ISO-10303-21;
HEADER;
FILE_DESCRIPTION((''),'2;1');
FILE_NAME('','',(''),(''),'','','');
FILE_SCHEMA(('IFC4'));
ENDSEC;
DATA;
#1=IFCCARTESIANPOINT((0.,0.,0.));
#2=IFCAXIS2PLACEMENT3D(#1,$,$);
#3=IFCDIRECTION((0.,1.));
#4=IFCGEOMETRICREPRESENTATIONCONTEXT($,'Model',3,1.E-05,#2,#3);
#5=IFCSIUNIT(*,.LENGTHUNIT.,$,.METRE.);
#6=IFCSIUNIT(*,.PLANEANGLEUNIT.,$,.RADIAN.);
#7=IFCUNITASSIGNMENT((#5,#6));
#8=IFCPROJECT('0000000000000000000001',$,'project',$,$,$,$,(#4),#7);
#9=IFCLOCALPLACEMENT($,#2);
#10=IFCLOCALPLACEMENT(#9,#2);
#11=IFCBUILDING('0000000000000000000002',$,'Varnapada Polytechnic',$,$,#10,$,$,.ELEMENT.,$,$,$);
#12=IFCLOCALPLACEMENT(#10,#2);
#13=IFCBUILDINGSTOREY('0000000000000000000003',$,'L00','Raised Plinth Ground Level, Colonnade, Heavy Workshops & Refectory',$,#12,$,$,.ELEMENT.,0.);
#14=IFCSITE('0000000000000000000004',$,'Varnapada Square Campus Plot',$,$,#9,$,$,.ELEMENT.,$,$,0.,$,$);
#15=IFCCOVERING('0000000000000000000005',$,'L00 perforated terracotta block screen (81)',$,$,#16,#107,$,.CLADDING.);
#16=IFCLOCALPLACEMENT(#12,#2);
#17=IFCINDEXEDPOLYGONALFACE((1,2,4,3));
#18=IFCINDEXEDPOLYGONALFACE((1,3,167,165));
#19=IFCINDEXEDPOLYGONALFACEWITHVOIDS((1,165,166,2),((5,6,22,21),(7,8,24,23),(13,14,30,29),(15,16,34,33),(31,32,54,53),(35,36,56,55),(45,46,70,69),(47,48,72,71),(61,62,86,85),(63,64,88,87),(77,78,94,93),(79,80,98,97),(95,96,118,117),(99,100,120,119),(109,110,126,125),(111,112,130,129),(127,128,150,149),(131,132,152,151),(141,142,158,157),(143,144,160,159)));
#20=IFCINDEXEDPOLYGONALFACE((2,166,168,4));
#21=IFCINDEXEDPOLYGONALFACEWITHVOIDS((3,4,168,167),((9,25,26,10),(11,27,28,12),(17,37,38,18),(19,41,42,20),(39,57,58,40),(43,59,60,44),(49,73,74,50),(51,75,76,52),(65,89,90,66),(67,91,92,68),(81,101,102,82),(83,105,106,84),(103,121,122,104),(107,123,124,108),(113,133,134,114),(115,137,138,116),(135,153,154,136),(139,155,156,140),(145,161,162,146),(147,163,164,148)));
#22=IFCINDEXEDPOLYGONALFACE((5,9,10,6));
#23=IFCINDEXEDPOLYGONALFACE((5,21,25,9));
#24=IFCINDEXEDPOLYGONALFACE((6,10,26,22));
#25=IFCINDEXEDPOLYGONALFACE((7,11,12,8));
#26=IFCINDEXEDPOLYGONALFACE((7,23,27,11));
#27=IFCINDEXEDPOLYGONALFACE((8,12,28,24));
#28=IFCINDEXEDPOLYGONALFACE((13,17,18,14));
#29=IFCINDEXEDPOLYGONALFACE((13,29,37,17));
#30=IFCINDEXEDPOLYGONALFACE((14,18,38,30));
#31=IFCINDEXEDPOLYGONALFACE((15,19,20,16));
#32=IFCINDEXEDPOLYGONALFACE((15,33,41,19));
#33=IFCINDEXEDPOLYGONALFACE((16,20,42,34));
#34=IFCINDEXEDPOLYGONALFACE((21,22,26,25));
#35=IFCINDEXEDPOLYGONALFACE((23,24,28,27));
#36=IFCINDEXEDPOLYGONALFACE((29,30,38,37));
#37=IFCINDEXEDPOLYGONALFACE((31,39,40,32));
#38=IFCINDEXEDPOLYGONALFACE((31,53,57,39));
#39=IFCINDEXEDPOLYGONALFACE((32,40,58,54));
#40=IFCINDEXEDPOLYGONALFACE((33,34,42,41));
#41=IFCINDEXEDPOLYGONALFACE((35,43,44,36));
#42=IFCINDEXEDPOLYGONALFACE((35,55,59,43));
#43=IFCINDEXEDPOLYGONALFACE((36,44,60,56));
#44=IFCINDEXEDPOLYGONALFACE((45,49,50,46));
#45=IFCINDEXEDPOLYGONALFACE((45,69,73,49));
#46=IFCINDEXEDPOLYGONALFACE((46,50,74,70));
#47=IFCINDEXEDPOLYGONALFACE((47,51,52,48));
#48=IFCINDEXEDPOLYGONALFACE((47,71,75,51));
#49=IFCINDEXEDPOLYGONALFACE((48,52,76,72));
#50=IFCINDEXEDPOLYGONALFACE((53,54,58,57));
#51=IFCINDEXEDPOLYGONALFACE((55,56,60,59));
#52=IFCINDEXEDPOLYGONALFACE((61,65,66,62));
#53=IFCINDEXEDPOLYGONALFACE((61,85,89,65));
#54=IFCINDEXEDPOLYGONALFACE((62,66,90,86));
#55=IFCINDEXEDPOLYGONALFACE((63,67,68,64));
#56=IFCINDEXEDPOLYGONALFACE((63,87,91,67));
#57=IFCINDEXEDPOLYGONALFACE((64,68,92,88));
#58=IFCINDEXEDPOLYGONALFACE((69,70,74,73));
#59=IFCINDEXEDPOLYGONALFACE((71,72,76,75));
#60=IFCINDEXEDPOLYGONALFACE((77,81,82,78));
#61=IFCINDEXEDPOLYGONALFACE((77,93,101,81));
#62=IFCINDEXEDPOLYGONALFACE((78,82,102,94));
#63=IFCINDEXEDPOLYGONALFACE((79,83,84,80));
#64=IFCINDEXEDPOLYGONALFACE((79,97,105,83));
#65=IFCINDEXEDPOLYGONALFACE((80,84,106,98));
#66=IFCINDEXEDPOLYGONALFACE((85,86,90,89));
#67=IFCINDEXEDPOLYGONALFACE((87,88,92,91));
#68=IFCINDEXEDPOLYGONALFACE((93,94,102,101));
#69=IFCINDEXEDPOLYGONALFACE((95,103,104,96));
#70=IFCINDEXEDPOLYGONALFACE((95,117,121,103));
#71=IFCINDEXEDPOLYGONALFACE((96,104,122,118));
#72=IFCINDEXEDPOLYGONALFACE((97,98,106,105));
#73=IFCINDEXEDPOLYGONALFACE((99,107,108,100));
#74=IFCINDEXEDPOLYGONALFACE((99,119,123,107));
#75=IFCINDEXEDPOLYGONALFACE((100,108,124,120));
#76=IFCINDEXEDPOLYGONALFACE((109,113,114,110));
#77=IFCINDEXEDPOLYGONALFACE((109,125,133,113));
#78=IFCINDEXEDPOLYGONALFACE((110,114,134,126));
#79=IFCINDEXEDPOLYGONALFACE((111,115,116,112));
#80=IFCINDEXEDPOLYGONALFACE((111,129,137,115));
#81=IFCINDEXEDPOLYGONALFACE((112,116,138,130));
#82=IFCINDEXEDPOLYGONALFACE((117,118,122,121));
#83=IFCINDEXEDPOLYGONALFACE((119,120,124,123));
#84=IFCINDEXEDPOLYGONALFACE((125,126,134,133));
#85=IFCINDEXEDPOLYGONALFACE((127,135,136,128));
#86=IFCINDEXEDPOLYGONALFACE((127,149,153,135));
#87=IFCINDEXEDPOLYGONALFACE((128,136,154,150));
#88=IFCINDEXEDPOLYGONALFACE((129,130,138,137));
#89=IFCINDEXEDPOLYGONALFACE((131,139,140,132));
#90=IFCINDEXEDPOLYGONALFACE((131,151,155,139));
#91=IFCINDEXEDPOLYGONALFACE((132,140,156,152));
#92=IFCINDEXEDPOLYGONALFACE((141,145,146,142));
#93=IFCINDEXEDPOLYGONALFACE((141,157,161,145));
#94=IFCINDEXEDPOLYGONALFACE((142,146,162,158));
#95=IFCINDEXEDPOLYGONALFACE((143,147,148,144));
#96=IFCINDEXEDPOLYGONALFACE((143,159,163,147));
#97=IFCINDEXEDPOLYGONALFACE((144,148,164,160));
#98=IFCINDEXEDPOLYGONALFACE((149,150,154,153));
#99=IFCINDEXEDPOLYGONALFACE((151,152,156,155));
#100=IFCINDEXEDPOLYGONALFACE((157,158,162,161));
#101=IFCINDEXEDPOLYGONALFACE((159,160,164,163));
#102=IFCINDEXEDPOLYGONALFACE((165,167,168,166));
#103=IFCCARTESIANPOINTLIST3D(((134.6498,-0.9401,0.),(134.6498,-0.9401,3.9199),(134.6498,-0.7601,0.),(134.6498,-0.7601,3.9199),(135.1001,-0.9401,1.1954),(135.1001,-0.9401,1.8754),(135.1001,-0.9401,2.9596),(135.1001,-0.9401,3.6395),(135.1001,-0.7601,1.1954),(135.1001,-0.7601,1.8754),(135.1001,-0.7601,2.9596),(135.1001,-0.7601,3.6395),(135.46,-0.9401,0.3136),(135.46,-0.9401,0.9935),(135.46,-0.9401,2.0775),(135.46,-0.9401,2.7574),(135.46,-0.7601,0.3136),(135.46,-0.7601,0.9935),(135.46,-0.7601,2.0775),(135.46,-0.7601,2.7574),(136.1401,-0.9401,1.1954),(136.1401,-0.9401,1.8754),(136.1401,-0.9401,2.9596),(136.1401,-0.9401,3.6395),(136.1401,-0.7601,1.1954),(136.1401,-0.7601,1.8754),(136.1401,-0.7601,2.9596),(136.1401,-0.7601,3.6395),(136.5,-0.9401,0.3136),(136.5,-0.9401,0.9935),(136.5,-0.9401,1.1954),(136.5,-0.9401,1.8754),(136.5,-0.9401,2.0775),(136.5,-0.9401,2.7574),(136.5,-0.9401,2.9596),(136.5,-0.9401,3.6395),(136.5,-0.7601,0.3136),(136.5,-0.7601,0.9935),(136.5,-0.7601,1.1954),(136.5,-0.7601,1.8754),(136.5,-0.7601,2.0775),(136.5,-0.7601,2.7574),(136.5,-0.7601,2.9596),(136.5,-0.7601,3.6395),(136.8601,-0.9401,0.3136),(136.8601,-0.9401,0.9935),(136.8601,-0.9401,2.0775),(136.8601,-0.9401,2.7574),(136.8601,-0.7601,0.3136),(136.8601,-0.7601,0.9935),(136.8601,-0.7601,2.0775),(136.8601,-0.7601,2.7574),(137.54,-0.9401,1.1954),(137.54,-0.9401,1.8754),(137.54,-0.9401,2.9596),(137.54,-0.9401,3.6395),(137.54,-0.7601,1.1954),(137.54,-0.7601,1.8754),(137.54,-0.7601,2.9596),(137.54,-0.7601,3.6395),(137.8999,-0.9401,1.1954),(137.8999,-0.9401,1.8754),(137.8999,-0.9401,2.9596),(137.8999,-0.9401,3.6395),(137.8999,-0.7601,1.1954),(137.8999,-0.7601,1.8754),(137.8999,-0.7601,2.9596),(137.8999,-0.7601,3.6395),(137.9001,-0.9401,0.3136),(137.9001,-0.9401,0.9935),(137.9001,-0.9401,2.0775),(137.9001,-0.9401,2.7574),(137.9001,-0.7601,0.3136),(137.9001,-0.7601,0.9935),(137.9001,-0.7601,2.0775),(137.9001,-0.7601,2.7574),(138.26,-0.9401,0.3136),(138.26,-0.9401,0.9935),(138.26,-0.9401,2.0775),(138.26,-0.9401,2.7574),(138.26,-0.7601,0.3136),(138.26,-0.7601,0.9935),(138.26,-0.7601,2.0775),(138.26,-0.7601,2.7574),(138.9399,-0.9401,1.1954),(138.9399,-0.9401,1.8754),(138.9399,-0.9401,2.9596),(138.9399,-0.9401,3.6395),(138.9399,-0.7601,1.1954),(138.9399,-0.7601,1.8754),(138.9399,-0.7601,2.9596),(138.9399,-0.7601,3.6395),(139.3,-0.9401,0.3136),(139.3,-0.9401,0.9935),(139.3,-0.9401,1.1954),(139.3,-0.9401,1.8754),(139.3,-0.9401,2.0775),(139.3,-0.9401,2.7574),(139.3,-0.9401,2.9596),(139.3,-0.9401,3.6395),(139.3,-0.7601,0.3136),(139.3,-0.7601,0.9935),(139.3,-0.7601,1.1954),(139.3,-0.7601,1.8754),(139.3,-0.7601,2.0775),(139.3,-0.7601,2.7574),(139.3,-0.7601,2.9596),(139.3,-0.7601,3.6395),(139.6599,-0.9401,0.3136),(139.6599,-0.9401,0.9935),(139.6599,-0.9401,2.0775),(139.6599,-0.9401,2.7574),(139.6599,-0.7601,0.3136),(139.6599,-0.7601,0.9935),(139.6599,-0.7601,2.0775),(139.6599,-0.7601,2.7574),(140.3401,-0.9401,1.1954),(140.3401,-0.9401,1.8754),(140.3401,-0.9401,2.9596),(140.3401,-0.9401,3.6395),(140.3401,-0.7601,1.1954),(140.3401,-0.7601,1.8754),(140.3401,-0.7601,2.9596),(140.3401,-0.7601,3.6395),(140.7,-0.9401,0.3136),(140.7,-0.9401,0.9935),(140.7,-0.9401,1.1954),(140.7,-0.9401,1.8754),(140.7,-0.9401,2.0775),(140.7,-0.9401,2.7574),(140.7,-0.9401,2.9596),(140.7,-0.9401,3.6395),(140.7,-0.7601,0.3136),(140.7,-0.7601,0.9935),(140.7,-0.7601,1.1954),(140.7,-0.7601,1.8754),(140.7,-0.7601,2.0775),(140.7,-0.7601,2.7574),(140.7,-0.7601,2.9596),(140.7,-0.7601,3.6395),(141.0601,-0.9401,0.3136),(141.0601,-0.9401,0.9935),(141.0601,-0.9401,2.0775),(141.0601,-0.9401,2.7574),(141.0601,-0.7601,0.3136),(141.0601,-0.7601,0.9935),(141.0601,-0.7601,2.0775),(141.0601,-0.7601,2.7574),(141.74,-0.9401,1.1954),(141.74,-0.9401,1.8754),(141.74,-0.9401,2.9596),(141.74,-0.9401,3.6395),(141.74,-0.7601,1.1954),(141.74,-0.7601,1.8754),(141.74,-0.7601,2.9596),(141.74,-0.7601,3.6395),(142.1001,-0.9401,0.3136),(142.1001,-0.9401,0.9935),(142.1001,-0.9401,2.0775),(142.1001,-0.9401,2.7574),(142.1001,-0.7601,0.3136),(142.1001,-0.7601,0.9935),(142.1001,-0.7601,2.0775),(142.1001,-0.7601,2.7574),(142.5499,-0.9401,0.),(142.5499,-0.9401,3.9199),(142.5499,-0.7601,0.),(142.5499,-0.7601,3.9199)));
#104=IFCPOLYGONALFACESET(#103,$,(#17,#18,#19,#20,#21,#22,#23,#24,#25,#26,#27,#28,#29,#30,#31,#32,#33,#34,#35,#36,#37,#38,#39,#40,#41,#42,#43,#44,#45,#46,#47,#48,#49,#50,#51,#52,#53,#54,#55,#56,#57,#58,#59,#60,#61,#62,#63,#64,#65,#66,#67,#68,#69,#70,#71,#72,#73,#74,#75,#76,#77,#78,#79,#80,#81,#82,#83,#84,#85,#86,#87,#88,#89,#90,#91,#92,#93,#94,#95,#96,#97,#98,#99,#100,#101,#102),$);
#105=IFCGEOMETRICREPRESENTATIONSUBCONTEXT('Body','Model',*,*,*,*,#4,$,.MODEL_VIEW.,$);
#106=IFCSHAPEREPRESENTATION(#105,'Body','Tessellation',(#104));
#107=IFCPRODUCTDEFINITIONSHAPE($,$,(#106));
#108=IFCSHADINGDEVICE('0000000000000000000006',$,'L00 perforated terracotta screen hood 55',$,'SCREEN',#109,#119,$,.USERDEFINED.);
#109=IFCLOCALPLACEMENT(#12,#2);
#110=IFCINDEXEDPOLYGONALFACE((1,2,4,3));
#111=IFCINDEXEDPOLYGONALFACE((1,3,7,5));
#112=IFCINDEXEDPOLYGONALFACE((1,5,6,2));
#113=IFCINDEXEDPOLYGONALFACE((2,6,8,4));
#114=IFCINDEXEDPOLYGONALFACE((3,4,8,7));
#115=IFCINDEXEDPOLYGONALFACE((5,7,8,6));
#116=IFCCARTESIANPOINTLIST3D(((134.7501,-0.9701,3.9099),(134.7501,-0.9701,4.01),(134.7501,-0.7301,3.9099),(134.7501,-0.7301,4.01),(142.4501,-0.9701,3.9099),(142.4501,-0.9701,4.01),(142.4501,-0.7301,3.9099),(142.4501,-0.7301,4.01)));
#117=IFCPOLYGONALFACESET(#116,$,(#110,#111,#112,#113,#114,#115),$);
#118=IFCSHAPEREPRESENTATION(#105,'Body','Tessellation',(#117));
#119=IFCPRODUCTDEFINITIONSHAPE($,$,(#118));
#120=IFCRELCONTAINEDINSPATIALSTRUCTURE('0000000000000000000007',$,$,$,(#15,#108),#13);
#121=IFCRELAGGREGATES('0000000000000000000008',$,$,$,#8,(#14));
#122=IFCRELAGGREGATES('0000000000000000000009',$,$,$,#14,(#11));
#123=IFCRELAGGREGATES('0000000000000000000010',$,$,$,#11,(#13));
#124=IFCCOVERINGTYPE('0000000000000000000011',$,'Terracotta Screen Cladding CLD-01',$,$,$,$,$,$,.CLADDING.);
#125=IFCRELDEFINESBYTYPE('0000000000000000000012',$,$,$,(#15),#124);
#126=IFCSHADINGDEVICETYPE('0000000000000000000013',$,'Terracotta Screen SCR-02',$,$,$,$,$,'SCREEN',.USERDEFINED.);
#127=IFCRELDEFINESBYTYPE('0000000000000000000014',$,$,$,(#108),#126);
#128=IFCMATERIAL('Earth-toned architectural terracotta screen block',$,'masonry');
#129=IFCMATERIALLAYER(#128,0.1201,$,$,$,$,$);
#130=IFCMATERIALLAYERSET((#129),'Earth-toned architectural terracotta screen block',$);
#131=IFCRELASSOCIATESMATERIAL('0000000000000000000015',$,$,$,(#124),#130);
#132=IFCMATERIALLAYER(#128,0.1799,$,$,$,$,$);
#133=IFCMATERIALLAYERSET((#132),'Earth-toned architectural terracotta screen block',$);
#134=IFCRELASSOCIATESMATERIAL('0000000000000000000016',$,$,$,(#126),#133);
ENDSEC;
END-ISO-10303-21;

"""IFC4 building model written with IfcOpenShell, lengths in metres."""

from ifc_helpers import new_model, si_unit, direction, frame, frame_2d, origin, origin_2d, place, context, subcontext, project, spatial, rectangle, extrude, material, layer, layer_set, type_object, element, save


model = new_model("IFC4")

# Units and contexts
model_context = context("Model", 3, precision=1e-05, world=origin(), true_north=direction((0.0, 1.0)))
body_context = subcontext(model_context, "Body", "Model", "MODEL_VIEW")
ifc_project = project(units=[si_unit("LENGTHUNIT", "METRE"), si_unit("PLANEANGLEUNIT", "RADIAN")], contexts=[model_context])

# Site, building, storey
site_placement = place(None, origin())
site = spatial("IfcSite", under=ifc_project, at=site_placement, Name="Varnapada Square Campus Plot", CompositionType="ELEMENT", RefElevation=0.0)
building_placement = place(site_placement, origin())
building = spatial("IfcBuilding", under=site, at=building_placement, Name="Varnapada Polytechnic", CompositionType="ELEMENT")
storey_placement = place(building_placement, origin())
storey = spatial("IfcBuildingStorey", under=building, at=storey_placement, Name="L00", Description="Raised Plinth Ground Level, Colonnade, Heavy Workshops & Refectory", CompositionType="ELEMENT", Elevation=0.0)

# Covering, openings
ifc_material_1 = material(Name="Earth-toned architectural terracotta screen block", Category="masonry")
ifc_layer_1 = layer(ifc_material_1, 0.1201)
ifc_layer_set_1 = layer_set([ifc_layer_1], Name="Earth-toned architectural terracotta screen block")
covering_type_1 = type_object("IfcCoveringType", Name="Terracotta Screen Cladding CLD-01", PredefinedType="CLADDING", material=ifc_layer_set_1)
covering_1_placement = place(storey_placement, frame((142.55, -0.8501, 0.0), z_axis=(0.0, 0.0, 1.0), x_axis=(-1.0, 0.0, 0.0)))
covering_1 = element("IfcCovering", 1, at=covering_1_placement, inside=storey, type_object=covering_type_1, Name="L00 perforated terracotta block screen (81)", PredefinedType="CLADDING", context=body_context, shape_type="SweptSolid", body=[
    extrude(rectangle(XDim=7.9001, YDim=0.1799, at=frame_2d((3.9502, 0.0))), origin(), (0.0, 0.0, 1.0), 3.9199),
])
opening_1_placement = place(covering_1_placement, frame((0.45, 0.0, 0.3137)))
element("IfcOpeningElement", 2, at=opening_1_placement, cuts=covering_1, PredefinedType="OPENING", context=body_context, shape_type="SweptSolid", body=[
    extrude(rectangle(XDim=1.04, YDim=0.6799, at=frame_2d((0.52, 0.3398))), frame((0.0, 0.0999, 0.0), z_axis=(0.0, -1.0, 0.0), x_axis=(1.0, 0.0, 0.0)), (0.0, 0.0, 1.0), 0.2),
])
opening_2_placement = place(covering_1_placement, frame((1.8501, 0.0, 0.3137)))
element("IfcOpeningElement", 3, at=opening_2_placement, cuts=covering_1, PredefinedType="OPENING", context=body_context, shape_type="SweptSolid", body=[
    extrude(rectangle(XDim=1.04, YDim=0.6799, at=frame_2d((0.52, 0.3398))), frame((0.0, 0.0999, 0.0), z_axis=(0.0, -1.0, 0.0), x_axis=(1.0, 0.0, 0.0)), (0.0, 0.0, 1.0), 0.2),
])
opening_3_placement = place(covering_1_placement, frame((3.25, 0.0, 0.3137)))
element("IfcOpeningElement", 4, at=opening_3_placement, cuts=covering_1, PredefinedType="OPENING", context=body_context, shape_type="SweptSolid", body=[
    extrude(rectangle(XDim=1.04, YDim=0.6799, at=frame_2d((0.52, 0.3398))), frame((0.0, 0.0999, 0.0), z_axis=(0.0, -1.0, 0.0), x_axis=(1.0, 0.0, 0.0)), (0.0, 0.0, 1.0), 0.2),
])
opening_4_placement = place(covering_1_placement, frame((4.6499, 0.0, 0.3137)))
element("IfcOpeningElement", 5, at=opening_4_placement, cuts=covering_1, PredefinedType="OPENING", context=body_context, shape_type="SweptSolid", body=[
    extrude(rectangle(XDim=1.04, YDim=0.6799, at=frame_2d((0.52, 0.3398))), frame((0.0, 0.0999, 0.0), z_axis=(0.0, -1.0, 0.0), x_axis=(1.0, 0.0, 0.0)), (0.0, 0.0, 1.0), 0.2),
])
opening_5_placement = place(covering_1_placement, frame((6.05, 0.0, 0.3137)))
element("IfcOpeningElement", 6, at=opening_5_placement, cuts=covering_1, PredefinedType="OPENING", context=body_context, shape_type="SweptSolid", body=[
    extrude(rectangle(XDim=1.04, YDim=0.6799, at=frame_2d((0.52, 0.3398))), frame((0.0, 0.0999, 0.0), z_axis=(0.0, -1.0, 0.0), x_axis=(1.0, 0.0, 0.0)), (0.0, 0.0, 1.0), 0.2),
])
opening_6_placement = place(covering_1_placement, frame((0.8101, 0.0, 1.1956)))
element("IfcOpeningElement", 7, at=opening_6_placement, cuts=covering_1, PredefinedType="OPENING", context=body_context, shape_type="SweptSolid", body=[
    extrude(rectangle(XDim=1.04, YDim=0.6799, at=frame_2d((0.52, 0.3398))), frame((0.0, 0.0999, 0.0), z_axis=(0.0, -1.0, 0.0), x_axis=(1.0, 0.0, 0.0)), (0.0, 0.0, 1.0), 0.2),
])
opening_7_placement = place(covering_1_placement, frame((2.21, 0.0, 1.1956)))
element("IfcOpeningElement", 8, at=opening_7_placement, cuts=covering_1, PredefinedType="OPENING", context=body_context, shape_type="SweptSolid", body=[
    extrude(rectangle(XDim=1.04, YDim=0.6799, at=frame_2d((0.52, 0.3398))), frame((0.0, 0.0999, 0.0), z_axis=(0.0, -1.0, 0.0), x_axis=(1.0, 0.0, 0.0)), (0.0, 0.0, 1.0), 0.2),
])
opening_8_placement = place(covering_1_placement, frame((3.6101, 0.0, 1.1956)))
element("IfcOpeningElement", 9, at=opening_8_placement, cuts=covering_1, PredefinedType="OPENING", context=body_context, shape_type="SweptSolid", body=[
    extrude(rectangle(XDim=1.04, YDim=0.6799, at=frame_2d((0.52, 0.3398))), frame((0.0, 0.0999, 0.0), z_axis=(0.0, -1.0, 0.0), x_axis=(1.0, 0.0, 0.0)), (0.0, 0.0, 1.0), 0.2),
])
opening_9_placement = place(covering_1_placement, frame((5.01, 0.0, 1.1956)))
element("IfcOpeningElement", 10, at=opening_9_placement, cuts=covering_1, PredefinedType="OPENING", context=body_context, shape_type="SweptSolid", body=[
    extrude(rectangle(XDim=1.04, YDim=0.6799, at=frame_2d((0.52, 0.3398))), frame((0.0, 0.0999, 0.0), z_axis=(0.0, -1.0, 0.0), x_axis=(1.0, 0.0, 0.0)), (0.0, 0.0, 1.0), 0.2),
])
opening_10_placement = place(covering_1_placement, frame((6.4099, 0.0, 1.1956)))
element("IfcOpeningElement", 11, at=opening_10_placement, cuts=covering_1, PredefinedType="OPENING", context=body_context, shape_type="SweptSolid", body=[
    extrude(rectangle(XDim=1.04, YDim=0.6799, at=frame_2d((0.52, 0.3398))), frame((0.0, 0.0999, 0.0), z_axis=(0.0, -1.0, 0.0), x_axis=(1.0, 0.0, 0.0)), (0.0, 0.0, 1.0), 0.2),
])
opening_11_placement = place(covering_1_placement, frame((0.45, 0.0, 2.0776)))
element("IfcOpeningElement", 12, at=opening_11_placement, cuts=covering_1, PredefinedType="OPENING", context=body_context, shape_type="SweptSolid", body=[
    extrude(rectangle(XDim=1.04, YDim=0.6799, at=frame_2d((0.52, 0.3398))), frame((0.0, 0.0999, 0.0), z_axis=(0.0, -1.0, 0.0), x_axis=(1.0, 0.0, 0.0)), (0.0, 0.0, 1.0), 0.2),
])
opening_12_placement = place(covering_1_placement, frame((1.8501, 0.0, 2.0776)))
element("IfcOpeningElement", 13, at=opening_12_placement, cuts=covering_1, PredefinedType="OPENING", context=body_context, shape_type="SweptSolid", body=[
    extrude(rectangle(XDim=1.04, YDim=0.6799, at=frame_2d((0.52, 0.3398))), frame((0.0, 0.0999, 0.0), z_axis=(0.0, -1.0, 0.0), x_axis=(1.0, 0.0, 0.0)), (0.0, 0.0, 1.0), 0.2),
])
opening_13_placement = place(covering_1_placement, frame((3.25, 0.0, 2.0776)))
element("IfcOpeningElement", 14, at=opening_13_placement, cuts=covering_1, PredefinedType="OPENING", context=body_context, shape_type="SweptSolid", body=[
    extrude(rectangle(XDim=1.04, YDim=0.6799, at=frame_2d((0.52, 0.3398))), frame((0.0, 0.0999, 0.0), z_axis=(0.0, -1.0, 0.0), x_axis=(1.0, 0.0, 0.0)), (0.0, 0.0, 1.0), 0.2),
])
opening_14_placement = place(covering_1_placement, frame((4.6499, 0.0, 2.0776)))
element("IfcOpeningElement", 15, at=opening_14_placement, cuts=covering_1, PredefinedType="OPENING", context=body_context, shape_type="SweptSolid", body=[
    extrude(rectangle(XDim=1.04, YDim=0.6799, at=frame_2d((0.52, 0.3398))), frame((0.0, 0.0999, 0.0), z_axis=(0.0, -1.0, 0.0), x_axis=(1.0, 0.0, 0.0)), (0.0, 0.0, 1.0), 0.2),
])
opening_15_placement = place(covering_1_placement, frame((6.05, 0.0, 2.0776)))
element("IfcOpeningElement", 16, at=opening_15_placement, cuts=covering_1, PredefinedType="OPENING", context=body_context, shape_type="SweptSolid", body=[
    extrude(rectangle(XDim=1.04, YDim=0.6799, at=frame_2d((0.52, 0.3398))), frame((0.0, 0.0999, 0.0), z_axis=(0.0, -1.0, 0.0), x_axis=(1.0, 0.0, 0.0)), (0.0, 0.0, 1.0), 0.2),
])
opening_16_placement = place(covering_1_placement, frame((0.8101, 0.0, 2.9597)))
element("IfcOpeningElement", 17, at=opening_16_placement, cuts=covering_1, PredefinedType="OPENING", context=body_context, shape_type="SweptSolid", body=[
    extrude(rectangle(XDim=1.04, YDim=0.6799, at=frame_2d((0.52, 0.3398))), frame((0.0, 0.0999, 0.0), z_axis=(0.0, -1.0, 0.0), x_axis=(1.0, 0.0, 0.0)), (0.0, 0.0, 1.0), 0.2),
])
opening_17_placement = place(covering_1_placement, frame((2.21, 0.0, 2.9597)))
element("IfcOpeningElement", 18, at=opening_17_placement, cuts=covering_1, PredefinedType="OPENING", context=body_context, shape_type="SweptSolid", body=[
    extrude(rectangle(XDim=1.04, YDim=0.6799, at=frame_2d((0.52, 0.3398))), frame((0.0, 0.0999, 0.0), z_axis=(0.0, -1.0, 0.0), x_axis=(1.0, 0.0, 0.0)), (0.0, 0.0, 1.0), 0.2),
])
opening_18_placement = place(covering_1_placement, frame((3.6101, 0.0, 2.9597)))
element("IfcOpeningElement", 19, at=opening_18_placement, cuts=covering_1, PredefinedType="OPENING", context=body_context, shape_type="SweptSolid", body=[
    extrude(rectangle(XDim=1.04, YDim=0.6799, at=frame_2d((0.52, 0.3398))), frame((0.0, 0.0999, 0.0), z_axis=(0.0, -1.0, 0.0), x_axis=(1.0, 0.0, 0.0)), (0.0, 0.0, 1.0), 0.2),
])
opening_19_placement = place(covering_1_placement, frame((5.01, 0.0, 2.9597)))
element("IfcOpeningElement", 20, at=opening_19_placement, cuts=covering_1, PredefinedType="OPENING", context=body_context, shape_type="SweptSolid", body=[
    extrude(rectangle(XDim=1.04, YDim=0.6799, at=frame_2d((0.52, 0.3398))), frame((0.0, 0.0999, 0.0), z_axis=(0.0, -1.0, 0.0), x_axis=(1.0, 0.0, 0.0)), (0.0, 0.0, 1.0), 0.2),
])
opening_20_placement = place(covering_1_placement, frame((6.4099, 0.0, 2.9597)))
element("IfcOpeningElement", 21, at=opening_20_placement, cuts=covering_1, PredefinedType="OPENING", context=body_context, shape_type="SweptSolid", body=[
    extrude(rectangle(XDim=1.04, YDim=0.6799, at=frame_2d((0.52, 0.3398))), frame((0.0, 0.0999, 0.0), z_axis=(0.0, -1.0, 0.0), x_axis=(1.0, 0.0, 0.0)), (0.0, 0.0, 1.0), 0.2),
])

# Shading device
ifc_layer_2 = layer(ifc_material_1, 0.1799)
ifc_layer_set_2 = layer_set([ifc_layer_2], Name="Earth-toned architectural terracotta screen block")
shading_device_type = type_object("IfcShadingDeviceType", Name="Terracotta Screen SCR-02", ElementType="SCREEN", PredefinedType="USERDEFINED", material=ifc_layer_set_2)
shading_device_placement = place(storey_placement, frame((138.6001, -0.8501, 3.9099), z_axis=(0.0, 0.0, 1.0), x_axis=(-1.0, 0.0, 0.0)))
element("IfcShadingDevice", 22, at=shading_device_placement, inside=storey, type_object=shading_device_type, Name="L00 perforated terracotta screen hood 55", ObjectType="SCREEN", PredefinedType="USERDEFINED", context=body_context, shape_type="SweptSolid", body=[
    extrude(rectangle(XDim=7.7, YDim=0.24, at=origin_2d()), origin(), (0.0, 0.0, 1.0), 0.1001),
])

save(model, "model.ifc")
